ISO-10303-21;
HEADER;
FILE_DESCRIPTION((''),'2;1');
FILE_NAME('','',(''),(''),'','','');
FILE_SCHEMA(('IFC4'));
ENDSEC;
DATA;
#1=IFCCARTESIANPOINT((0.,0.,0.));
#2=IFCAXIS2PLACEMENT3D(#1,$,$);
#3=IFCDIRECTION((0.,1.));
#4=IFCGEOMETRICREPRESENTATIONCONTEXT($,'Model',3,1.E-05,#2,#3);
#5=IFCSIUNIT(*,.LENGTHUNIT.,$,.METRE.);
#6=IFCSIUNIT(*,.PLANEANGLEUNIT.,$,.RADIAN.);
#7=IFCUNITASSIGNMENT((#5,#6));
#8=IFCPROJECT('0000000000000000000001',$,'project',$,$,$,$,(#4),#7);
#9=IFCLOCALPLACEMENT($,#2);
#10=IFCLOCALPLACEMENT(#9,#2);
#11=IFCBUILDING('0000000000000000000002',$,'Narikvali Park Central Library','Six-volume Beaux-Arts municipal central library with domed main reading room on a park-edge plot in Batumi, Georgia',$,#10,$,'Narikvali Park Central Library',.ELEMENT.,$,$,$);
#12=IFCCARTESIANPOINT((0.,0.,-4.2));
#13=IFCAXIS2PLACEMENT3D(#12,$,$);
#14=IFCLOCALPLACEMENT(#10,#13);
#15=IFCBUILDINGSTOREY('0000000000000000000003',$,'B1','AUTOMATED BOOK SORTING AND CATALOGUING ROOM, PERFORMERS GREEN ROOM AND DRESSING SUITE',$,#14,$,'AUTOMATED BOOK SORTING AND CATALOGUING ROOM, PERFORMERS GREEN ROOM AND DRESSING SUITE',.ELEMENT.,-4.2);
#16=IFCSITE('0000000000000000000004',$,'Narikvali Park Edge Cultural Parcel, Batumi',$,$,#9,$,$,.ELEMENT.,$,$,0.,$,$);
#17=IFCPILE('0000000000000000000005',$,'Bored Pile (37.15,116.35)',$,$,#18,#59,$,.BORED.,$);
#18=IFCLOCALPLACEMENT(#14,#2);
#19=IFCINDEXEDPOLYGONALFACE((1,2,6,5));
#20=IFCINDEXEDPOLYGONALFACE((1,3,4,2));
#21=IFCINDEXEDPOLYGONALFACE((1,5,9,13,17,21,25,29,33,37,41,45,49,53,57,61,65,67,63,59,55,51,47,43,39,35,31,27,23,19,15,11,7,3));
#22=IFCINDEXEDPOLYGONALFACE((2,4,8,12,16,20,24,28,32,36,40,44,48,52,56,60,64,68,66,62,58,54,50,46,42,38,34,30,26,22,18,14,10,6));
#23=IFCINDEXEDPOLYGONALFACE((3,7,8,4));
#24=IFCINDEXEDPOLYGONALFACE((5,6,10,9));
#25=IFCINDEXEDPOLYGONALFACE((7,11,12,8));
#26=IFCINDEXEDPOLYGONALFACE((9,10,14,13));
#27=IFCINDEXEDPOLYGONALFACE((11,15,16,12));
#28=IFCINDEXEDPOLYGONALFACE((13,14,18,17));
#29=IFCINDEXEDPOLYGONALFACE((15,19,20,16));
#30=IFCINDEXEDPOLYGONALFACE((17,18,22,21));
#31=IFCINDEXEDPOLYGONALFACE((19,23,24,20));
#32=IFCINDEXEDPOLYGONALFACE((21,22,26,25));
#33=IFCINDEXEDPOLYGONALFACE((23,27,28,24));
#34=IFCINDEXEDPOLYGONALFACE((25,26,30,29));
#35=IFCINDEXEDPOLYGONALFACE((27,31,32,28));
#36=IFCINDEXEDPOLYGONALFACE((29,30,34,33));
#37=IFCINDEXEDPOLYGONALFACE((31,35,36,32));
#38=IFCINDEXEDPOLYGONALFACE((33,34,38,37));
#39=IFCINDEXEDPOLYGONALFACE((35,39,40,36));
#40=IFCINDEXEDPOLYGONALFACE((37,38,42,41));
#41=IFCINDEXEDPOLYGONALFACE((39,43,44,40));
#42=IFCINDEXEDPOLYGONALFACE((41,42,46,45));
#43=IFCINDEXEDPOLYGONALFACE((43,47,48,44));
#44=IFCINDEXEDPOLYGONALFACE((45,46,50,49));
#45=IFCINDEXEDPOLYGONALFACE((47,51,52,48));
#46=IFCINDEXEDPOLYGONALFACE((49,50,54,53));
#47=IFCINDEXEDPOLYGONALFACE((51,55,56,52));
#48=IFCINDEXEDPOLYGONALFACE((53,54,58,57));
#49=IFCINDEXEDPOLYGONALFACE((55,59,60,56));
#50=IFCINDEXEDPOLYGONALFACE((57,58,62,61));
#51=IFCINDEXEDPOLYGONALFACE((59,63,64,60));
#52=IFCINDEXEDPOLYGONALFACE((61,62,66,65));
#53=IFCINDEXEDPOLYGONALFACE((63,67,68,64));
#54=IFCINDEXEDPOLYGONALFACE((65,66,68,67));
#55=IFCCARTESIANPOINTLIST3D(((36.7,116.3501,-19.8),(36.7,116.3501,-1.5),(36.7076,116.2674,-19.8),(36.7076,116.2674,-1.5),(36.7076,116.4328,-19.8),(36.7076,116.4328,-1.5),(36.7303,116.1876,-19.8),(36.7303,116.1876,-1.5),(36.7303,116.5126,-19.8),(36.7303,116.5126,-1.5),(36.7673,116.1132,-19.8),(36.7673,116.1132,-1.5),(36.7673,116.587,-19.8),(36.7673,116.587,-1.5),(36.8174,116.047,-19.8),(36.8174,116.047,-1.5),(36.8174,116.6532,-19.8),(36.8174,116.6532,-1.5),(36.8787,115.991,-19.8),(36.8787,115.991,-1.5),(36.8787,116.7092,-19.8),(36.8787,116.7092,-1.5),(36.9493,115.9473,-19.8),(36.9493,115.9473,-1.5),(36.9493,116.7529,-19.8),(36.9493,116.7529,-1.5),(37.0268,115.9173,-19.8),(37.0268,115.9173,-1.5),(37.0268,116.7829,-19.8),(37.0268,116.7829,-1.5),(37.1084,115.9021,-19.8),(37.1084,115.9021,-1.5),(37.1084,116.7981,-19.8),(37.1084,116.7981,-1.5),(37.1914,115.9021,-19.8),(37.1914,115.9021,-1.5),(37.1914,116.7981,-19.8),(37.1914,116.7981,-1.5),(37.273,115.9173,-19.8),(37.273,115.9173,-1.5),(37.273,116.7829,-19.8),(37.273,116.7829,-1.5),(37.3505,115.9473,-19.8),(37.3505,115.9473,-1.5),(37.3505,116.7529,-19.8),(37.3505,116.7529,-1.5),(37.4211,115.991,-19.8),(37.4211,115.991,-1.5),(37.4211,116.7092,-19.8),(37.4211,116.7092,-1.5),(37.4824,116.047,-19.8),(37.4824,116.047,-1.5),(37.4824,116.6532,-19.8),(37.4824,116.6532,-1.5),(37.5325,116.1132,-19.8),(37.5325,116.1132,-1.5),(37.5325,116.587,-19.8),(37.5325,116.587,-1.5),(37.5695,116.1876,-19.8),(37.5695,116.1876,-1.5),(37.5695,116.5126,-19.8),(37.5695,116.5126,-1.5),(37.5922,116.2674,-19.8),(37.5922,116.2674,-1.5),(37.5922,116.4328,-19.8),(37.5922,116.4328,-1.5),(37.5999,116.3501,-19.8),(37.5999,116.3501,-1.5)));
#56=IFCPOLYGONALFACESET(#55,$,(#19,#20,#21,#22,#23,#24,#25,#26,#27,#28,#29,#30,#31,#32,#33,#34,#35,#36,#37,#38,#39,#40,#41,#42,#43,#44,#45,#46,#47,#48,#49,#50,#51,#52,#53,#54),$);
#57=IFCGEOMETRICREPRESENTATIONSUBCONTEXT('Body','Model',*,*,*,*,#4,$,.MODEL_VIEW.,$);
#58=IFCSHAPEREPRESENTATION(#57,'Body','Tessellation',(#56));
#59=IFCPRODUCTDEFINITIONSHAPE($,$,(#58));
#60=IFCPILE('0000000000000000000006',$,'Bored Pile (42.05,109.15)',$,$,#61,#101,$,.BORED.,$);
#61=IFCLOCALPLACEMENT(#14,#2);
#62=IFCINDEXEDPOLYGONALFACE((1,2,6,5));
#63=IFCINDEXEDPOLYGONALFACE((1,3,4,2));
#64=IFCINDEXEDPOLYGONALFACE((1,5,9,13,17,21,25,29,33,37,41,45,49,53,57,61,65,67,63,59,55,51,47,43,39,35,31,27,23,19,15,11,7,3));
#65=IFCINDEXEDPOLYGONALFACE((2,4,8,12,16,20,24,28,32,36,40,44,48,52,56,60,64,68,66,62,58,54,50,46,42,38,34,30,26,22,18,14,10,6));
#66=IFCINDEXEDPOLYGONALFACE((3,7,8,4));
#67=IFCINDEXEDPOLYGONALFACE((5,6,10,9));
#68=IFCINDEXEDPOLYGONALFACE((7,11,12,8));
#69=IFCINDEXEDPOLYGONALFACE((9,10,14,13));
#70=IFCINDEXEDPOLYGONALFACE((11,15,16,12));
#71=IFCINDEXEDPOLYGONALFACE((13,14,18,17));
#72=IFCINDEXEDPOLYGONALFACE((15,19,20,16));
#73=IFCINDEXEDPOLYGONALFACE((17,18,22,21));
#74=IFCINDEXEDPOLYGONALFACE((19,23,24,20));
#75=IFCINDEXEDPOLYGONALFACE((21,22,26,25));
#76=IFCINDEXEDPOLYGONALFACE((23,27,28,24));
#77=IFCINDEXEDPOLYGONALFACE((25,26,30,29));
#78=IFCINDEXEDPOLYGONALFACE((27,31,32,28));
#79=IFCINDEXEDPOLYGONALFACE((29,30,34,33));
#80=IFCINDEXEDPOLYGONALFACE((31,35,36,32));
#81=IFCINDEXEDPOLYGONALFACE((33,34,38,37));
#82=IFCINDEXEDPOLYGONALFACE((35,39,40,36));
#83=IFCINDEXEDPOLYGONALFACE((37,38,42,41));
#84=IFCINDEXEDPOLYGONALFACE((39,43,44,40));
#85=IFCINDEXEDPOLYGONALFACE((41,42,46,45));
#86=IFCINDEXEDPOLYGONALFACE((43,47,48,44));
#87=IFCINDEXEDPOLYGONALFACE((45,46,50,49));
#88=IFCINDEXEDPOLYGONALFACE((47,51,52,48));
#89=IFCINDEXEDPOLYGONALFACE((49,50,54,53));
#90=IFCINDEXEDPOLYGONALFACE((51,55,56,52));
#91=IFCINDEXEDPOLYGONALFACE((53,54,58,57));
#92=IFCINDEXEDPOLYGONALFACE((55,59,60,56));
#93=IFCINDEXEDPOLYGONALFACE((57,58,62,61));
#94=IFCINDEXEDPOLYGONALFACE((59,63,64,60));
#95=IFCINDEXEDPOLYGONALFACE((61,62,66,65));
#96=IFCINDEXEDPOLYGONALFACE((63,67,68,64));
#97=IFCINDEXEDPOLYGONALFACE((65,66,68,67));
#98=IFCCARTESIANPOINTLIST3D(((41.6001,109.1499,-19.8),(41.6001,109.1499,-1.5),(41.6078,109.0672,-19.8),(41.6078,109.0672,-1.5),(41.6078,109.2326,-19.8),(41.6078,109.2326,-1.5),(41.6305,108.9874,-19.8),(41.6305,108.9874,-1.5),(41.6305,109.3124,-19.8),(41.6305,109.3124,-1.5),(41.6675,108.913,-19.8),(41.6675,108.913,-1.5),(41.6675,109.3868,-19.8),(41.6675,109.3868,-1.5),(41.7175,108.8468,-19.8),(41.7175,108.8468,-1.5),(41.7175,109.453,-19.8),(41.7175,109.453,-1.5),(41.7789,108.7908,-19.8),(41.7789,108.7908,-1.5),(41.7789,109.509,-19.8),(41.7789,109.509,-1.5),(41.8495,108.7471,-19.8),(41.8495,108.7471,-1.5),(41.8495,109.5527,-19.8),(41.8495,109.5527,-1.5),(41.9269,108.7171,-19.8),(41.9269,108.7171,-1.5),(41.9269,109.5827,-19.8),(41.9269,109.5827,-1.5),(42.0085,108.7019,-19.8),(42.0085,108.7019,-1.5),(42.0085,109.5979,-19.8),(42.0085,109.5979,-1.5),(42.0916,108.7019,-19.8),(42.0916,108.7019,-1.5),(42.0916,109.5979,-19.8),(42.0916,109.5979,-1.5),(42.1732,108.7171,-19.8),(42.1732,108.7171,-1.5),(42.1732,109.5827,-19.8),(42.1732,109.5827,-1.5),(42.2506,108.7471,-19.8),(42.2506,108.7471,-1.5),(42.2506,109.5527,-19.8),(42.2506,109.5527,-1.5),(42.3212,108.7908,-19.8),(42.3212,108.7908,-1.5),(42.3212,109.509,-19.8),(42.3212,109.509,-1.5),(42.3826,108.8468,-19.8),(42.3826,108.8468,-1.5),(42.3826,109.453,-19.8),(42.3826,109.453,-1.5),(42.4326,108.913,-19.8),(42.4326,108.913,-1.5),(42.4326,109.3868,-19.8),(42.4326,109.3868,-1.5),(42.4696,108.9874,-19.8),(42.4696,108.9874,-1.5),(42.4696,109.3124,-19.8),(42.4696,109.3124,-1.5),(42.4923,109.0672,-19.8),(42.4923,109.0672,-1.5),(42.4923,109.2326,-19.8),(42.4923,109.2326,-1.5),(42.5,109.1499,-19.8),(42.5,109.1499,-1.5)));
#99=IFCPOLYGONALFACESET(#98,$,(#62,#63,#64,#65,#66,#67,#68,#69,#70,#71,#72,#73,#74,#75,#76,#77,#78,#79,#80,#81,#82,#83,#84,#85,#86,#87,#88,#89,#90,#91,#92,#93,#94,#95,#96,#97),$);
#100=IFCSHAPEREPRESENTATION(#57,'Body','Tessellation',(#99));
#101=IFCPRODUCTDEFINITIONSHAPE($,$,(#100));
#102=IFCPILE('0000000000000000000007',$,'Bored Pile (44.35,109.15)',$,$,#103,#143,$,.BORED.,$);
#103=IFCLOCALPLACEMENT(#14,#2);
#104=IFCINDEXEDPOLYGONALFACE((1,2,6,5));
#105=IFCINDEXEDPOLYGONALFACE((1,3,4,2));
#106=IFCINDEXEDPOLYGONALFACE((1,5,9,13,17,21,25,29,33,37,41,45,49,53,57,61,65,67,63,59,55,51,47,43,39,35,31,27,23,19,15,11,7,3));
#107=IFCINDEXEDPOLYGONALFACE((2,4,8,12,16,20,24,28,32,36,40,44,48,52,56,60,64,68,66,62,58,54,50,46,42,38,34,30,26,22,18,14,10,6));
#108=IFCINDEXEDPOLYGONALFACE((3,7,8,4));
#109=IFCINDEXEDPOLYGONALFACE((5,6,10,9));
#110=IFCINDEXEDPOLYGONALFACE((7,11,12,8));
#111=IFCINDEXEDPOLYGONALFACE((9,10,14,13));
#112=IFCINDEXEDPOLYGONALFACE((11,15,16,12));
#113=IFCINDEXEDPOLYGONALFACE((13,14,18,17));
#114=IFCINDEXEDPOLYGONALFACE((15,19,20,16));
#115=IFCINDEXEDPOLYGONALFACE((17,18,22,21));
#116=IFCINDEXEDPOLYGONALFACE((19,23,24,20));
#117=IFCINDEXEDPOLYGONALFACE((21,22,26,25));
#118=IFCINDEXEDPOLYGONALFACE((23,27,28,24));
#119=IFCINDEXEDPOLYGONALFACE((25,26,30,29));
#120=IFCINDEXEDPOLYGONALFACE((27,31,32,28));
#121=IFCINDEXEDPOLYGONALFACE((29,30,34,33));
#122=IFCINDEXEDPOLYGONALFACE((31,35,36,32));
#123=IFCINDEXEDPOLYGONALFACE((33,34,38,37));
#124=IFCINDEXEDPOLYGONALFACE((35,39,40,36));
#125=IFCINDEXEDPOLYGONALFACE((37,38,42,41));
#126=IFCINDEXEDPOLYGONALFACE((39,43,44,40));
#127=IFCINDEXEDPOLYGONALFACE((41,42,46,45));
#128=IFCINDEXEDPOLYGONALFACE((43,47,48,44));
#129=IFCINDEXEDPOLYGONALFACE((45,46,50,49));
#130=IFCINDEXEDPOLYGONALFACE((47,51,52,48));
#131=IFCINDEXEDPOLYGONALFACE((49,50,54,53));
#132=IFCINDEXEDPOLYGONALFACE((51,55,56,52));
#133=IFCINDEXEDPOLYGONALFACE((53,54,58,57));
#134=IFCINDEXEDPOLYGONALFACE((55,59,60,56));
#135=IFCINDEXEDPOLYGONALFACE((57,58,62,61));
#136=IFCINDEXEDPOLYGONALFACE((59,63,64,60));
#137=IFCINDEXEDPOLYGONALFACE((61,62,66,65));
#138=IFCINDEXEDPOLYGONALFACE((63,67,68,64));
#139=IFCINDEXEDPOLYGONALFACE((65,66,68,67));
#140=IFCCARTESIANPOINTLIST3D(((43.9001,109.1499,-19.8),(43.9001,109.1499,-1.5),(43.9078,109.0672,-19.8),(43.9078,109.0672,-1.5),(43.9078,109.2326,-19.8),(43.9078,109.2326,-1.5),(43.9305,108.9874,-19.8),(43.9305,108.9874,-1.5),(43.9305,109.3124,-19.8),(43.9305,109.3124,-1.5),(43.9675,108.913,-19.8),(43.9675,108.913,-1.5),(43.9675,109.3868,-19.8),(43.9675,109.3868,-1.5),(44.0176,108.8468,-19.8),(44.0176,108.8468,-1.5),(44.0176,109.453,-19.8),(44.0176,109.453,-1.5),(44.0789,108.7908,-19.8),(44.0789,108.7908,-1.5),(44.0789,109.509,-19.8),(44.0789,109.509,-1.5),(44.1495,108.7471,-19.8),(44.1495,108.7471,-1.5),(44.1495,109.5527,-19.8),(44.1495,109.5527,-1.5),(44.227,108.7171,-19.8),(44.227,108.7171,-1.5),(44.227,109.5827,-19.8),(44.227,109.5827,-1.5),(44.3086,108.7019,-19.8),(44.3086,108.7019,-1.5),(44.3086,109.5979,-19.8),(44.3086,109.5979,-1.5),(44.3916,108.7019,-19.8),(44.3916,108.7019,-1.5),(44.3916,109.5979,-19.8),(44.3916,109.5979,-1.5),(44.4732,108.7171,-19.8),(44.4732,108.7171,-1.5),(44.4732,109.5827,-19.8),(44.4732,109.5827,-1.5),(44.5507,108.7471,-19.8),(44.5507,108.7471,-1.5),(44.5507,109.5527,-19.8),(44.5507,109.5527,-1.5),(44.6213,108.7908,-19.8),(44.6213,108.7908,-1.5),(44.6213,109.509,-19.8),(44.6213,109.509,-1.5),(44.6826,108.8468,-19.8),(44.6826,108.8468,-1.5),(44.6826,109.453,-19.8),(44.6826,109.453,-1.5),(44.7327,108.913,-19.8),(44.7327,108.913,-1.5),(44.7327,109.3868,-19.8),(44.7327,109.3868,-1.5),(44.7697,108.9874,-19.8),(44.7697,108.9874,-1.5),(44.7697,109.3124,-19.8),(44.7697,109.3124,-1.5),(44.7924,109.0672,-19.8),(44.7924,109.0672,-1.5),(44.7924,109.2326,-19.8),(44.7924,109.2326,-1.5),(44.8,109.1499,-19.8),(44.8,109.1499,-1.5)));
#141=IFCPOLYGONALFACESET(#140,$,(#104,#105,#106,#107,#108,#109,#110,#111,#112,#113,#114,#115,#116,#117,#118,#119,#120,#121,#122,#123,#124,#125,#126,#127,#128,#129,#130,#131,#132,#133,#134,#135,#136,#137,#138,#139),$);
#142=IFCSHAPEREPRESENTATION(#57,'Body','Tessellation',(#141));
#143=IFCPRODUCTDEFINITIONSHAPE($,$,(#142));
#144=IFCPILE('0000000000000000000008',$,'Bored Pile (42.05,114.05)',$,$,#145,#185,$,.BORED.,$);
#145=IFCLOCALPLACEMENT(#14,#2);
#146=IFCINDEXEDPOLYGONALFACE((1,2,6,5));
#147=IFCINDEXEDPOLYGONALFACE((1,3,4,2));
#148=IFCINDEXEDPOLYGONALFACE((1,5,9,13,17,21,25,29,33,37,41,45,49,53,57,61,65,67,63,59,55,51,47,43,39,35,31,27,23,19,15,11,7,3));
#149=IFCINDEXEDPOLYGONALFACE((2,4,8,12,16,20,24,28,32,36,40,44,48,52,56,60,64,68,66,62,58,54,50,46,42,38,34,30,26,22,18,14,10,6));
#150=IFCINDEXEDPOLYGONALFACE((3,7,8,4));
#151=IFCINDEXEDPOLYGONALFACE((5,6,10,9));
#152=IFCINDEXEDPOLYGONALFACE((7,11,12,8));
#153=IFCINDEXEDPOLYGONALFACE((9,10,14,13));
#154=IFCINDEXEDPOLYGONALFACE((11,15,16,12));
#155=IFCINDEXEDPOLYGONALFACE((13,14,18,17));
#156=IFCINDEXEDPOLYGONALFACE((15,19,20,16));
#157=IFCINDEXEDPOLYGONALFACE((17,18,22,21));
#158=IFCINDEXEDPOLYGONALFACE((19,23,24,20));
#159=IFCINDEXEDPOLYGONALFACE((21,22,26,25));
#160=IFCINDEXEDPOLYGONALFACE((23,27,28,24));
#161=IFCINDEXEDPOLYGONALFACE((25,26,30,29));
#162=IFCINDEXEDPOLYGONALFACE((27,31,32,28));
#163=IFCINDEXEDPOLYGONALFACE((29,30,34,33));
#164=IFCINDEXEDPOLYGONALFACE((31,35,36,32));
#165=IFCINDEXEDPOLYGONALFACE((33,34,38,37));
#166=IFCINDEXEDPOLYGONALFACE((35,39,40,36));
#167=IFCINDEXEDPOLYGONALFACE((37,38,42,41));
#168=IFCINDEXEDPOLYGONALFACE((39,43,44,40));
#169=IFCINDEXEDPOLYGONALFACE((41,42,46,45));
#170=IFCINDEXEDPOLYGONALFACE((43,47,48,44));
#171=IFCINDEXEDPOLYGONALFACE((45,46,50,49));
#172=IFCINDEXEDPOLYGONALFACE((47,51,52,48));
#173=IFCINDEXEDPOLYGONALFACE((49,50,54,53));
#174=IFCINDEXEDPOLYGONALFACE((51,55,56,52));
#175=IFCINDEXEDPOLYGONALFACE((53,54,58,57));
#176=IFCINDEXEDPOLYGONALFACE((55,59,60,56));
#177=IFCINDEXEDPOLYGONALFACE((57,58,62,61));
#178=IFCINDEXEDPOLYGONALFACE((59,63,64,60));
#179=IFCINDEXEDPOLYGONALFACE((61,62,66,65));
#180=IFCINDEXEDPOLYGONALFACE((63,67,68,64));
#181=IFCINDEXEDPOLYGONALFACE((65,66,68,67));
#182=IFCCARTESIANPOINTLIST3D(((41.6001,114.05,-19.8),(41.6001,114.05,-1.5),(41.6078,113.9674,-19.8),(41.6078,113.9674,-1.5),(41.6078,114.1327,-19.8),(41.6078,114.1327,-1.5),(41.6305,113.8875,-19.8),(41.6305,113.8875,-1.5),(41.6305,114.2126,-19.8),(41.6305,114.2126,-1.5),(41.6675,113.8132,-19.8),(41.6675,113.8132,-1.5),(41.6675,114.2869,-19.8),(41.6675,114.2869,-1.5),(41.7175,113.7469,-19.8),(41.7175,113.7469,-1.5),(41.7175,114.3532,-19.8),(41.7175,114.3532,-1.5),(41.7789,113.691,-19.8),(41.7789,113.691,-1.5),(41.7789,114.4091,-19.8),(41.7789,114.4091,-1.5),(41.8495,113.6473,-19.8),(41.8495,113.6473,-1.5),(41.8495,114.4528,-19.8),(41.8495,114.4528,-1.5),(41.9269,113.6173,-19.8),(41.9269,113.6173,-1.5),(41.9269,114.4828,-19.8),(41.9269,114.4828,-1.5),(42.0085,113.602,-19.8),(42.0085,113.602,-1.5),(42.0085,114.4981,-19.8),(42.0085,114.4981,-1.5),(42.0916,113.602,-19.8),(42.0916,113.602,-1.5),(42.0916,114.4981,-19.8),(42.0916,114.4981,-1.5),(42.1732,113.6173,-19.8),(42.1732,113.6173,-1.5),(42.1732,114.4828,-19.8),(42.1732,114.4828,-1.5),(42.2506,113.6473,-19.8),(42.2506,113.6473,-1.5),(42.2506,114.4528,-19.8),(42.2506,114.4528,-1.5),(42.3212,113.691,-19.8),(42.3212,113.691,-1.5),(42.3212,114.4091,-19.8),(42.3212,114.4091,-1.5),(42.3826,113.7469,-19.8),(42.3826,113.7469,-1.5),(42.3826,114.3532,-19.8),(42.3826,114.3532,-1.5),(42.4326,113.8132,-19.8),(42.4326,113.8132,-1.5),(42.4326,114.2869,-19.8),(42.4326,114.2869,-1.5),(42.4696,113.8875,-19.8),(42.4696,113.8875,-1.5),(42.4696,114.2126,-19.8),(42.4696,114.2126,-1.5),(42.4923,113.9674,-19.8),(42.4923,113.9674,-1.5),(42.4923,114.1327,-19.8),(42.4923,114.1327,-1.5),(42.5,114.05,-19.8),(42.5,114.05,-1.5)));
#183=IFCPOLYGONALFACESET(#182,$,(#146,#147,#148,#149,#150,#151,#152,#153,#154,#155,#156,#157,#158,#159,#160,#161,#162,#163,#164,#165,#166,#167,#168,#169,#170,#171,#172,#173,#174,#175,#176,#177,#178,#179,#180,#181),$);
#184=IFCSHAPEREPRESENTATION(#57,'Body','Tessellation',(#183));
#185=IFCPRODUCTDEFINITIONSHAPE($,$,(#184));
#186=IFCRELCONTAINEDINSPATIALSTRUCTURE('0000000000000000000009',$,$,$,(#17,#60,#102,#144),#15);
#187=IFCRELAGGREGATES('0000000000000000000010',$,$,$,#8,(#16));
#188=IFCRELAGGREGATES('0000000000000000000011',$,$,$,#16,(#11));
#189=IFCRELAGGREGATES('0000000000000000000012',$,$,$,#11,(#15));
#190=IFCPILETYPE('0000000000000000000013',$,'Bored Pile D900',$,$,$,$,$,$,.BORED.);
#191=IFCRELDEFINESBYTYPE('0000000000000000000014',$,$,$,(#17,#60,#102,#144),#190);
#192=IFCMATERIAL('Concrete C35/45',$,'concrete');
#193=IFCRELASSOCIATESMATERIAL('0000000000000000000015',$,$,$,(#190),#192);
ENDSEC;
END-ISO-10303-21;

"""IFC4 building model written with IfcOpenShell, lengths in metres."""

from ifc_helpers import new_model, si_unit, direction, frame, origin, origin_2d, place, context, subcontext, project, spatial, circle, extrude, material, material_profile, profile_set, type_object, element, save


model = new_model("IFC4")

# Units and contexts
model_context = context("Model", 3, precision=1e-05, world=origin(), true_north=direction((0.0, 1.0)))
body_context = subcontext(model_context, "Body", "Model", "MODEL_VIEW")
ifc_project = project(units=[si_unit("LENGTHUNIT", "METRE"), si_unit("PLANEANGLEUNIT", "RADIAN")], contexts=[model_context])

# Site, building, storey
site_placement = place(None, origin())
site = spatial("IfcSite", under=ifc_project, at=site_placement, Name="Narikvali Park Edge Cultural Parcel, Batumi", CompositionType="ELEMENT", RefElevation=0.0)
building_placement = place(site_placement, origin())
building = spatial("IfcBuilding", under=site, at=building_placement, Name="Narikvali Park Central Library", Description="Six-volume Beaux-Arts municipal central library with domed main reading room on a park-edge plot in Batumi, Georgia", LongName="Narikvali Park Central Library", CompositionType="ELEMENT")
storey_placement = place(building_placement, frame((0.0, 0.0, -4.2)))
storey = spatial("IfcBuildingStorey", under=building, at=storey_placement, Name="B1", Description="AUTOMATED BOOK SORTING AND CATALOGUING ROOM, PERFORMERS GREEN ROOM AND DRESSING SUITE", LongName="AUTOMATED BOOK SORTING AND CATALOGUING ROOM, PERFORMERS GREEN ROOM AND DRESSING SUITE", CompositionType="ELEMENT", Elevation=-4.2)

# Piles
ifc_material_1 = material(Name="Concrete C35/45", Category="concrete")
ifc_material_profile_1 = material_profile(ifc_material_1, circle(Radius=0.45, at=origin_2d()), Name="PILE D900")
ifc_profile_set_1 = profile_set([ifc_material_profile_1], Name="Concrete C35/45")
pile_type = type_object("IfcPileType", Name="Bored Pile D900", PredefinedType="BORED", material=ifc_profile_set_1)
for number, where, z_axis, x_axis, name in (
    (1, (37.1499, 116.3501, -1.5), (0.0, 0.0, -1.0), (1.0, 0.0, 0.0), "Bored Pile (37.15,116.35)"),
    (2, (42.05, 109.1499, -1.5), (0.0, 0.0, -1.0), (1.0, 0.0, 0.0), "Bored Pile (42.05,109.15)"),
    (3, (44.3501, 109.1499, -1.5), (0.0, 0.0, -1.0), (1.0, 0.0, 0.0), "Bored Pile (44.35,109.15)"),
    (4, (42.05, 114.05, -1.5), (0.0, 0.0, -1.0), (1.0, 0.0, 0.0), "Bored Pile (42.05,114.05)"),
):
    element("IfcPile", number, at=place(storey_placement, frame(where, z_axis=z_axis, x_axis=x_axis)), inside=storey, type_object=pile_type, Name=name, PredefinedType="BORED", context=body_context, shape_type="SweptSolid", body=[
        extrude(circle(Radius=0.45, at=origin_2d()), origin(), (0.0, 0.0, 1.0), 18.3),
    ])

save(model, "model.ifc")
